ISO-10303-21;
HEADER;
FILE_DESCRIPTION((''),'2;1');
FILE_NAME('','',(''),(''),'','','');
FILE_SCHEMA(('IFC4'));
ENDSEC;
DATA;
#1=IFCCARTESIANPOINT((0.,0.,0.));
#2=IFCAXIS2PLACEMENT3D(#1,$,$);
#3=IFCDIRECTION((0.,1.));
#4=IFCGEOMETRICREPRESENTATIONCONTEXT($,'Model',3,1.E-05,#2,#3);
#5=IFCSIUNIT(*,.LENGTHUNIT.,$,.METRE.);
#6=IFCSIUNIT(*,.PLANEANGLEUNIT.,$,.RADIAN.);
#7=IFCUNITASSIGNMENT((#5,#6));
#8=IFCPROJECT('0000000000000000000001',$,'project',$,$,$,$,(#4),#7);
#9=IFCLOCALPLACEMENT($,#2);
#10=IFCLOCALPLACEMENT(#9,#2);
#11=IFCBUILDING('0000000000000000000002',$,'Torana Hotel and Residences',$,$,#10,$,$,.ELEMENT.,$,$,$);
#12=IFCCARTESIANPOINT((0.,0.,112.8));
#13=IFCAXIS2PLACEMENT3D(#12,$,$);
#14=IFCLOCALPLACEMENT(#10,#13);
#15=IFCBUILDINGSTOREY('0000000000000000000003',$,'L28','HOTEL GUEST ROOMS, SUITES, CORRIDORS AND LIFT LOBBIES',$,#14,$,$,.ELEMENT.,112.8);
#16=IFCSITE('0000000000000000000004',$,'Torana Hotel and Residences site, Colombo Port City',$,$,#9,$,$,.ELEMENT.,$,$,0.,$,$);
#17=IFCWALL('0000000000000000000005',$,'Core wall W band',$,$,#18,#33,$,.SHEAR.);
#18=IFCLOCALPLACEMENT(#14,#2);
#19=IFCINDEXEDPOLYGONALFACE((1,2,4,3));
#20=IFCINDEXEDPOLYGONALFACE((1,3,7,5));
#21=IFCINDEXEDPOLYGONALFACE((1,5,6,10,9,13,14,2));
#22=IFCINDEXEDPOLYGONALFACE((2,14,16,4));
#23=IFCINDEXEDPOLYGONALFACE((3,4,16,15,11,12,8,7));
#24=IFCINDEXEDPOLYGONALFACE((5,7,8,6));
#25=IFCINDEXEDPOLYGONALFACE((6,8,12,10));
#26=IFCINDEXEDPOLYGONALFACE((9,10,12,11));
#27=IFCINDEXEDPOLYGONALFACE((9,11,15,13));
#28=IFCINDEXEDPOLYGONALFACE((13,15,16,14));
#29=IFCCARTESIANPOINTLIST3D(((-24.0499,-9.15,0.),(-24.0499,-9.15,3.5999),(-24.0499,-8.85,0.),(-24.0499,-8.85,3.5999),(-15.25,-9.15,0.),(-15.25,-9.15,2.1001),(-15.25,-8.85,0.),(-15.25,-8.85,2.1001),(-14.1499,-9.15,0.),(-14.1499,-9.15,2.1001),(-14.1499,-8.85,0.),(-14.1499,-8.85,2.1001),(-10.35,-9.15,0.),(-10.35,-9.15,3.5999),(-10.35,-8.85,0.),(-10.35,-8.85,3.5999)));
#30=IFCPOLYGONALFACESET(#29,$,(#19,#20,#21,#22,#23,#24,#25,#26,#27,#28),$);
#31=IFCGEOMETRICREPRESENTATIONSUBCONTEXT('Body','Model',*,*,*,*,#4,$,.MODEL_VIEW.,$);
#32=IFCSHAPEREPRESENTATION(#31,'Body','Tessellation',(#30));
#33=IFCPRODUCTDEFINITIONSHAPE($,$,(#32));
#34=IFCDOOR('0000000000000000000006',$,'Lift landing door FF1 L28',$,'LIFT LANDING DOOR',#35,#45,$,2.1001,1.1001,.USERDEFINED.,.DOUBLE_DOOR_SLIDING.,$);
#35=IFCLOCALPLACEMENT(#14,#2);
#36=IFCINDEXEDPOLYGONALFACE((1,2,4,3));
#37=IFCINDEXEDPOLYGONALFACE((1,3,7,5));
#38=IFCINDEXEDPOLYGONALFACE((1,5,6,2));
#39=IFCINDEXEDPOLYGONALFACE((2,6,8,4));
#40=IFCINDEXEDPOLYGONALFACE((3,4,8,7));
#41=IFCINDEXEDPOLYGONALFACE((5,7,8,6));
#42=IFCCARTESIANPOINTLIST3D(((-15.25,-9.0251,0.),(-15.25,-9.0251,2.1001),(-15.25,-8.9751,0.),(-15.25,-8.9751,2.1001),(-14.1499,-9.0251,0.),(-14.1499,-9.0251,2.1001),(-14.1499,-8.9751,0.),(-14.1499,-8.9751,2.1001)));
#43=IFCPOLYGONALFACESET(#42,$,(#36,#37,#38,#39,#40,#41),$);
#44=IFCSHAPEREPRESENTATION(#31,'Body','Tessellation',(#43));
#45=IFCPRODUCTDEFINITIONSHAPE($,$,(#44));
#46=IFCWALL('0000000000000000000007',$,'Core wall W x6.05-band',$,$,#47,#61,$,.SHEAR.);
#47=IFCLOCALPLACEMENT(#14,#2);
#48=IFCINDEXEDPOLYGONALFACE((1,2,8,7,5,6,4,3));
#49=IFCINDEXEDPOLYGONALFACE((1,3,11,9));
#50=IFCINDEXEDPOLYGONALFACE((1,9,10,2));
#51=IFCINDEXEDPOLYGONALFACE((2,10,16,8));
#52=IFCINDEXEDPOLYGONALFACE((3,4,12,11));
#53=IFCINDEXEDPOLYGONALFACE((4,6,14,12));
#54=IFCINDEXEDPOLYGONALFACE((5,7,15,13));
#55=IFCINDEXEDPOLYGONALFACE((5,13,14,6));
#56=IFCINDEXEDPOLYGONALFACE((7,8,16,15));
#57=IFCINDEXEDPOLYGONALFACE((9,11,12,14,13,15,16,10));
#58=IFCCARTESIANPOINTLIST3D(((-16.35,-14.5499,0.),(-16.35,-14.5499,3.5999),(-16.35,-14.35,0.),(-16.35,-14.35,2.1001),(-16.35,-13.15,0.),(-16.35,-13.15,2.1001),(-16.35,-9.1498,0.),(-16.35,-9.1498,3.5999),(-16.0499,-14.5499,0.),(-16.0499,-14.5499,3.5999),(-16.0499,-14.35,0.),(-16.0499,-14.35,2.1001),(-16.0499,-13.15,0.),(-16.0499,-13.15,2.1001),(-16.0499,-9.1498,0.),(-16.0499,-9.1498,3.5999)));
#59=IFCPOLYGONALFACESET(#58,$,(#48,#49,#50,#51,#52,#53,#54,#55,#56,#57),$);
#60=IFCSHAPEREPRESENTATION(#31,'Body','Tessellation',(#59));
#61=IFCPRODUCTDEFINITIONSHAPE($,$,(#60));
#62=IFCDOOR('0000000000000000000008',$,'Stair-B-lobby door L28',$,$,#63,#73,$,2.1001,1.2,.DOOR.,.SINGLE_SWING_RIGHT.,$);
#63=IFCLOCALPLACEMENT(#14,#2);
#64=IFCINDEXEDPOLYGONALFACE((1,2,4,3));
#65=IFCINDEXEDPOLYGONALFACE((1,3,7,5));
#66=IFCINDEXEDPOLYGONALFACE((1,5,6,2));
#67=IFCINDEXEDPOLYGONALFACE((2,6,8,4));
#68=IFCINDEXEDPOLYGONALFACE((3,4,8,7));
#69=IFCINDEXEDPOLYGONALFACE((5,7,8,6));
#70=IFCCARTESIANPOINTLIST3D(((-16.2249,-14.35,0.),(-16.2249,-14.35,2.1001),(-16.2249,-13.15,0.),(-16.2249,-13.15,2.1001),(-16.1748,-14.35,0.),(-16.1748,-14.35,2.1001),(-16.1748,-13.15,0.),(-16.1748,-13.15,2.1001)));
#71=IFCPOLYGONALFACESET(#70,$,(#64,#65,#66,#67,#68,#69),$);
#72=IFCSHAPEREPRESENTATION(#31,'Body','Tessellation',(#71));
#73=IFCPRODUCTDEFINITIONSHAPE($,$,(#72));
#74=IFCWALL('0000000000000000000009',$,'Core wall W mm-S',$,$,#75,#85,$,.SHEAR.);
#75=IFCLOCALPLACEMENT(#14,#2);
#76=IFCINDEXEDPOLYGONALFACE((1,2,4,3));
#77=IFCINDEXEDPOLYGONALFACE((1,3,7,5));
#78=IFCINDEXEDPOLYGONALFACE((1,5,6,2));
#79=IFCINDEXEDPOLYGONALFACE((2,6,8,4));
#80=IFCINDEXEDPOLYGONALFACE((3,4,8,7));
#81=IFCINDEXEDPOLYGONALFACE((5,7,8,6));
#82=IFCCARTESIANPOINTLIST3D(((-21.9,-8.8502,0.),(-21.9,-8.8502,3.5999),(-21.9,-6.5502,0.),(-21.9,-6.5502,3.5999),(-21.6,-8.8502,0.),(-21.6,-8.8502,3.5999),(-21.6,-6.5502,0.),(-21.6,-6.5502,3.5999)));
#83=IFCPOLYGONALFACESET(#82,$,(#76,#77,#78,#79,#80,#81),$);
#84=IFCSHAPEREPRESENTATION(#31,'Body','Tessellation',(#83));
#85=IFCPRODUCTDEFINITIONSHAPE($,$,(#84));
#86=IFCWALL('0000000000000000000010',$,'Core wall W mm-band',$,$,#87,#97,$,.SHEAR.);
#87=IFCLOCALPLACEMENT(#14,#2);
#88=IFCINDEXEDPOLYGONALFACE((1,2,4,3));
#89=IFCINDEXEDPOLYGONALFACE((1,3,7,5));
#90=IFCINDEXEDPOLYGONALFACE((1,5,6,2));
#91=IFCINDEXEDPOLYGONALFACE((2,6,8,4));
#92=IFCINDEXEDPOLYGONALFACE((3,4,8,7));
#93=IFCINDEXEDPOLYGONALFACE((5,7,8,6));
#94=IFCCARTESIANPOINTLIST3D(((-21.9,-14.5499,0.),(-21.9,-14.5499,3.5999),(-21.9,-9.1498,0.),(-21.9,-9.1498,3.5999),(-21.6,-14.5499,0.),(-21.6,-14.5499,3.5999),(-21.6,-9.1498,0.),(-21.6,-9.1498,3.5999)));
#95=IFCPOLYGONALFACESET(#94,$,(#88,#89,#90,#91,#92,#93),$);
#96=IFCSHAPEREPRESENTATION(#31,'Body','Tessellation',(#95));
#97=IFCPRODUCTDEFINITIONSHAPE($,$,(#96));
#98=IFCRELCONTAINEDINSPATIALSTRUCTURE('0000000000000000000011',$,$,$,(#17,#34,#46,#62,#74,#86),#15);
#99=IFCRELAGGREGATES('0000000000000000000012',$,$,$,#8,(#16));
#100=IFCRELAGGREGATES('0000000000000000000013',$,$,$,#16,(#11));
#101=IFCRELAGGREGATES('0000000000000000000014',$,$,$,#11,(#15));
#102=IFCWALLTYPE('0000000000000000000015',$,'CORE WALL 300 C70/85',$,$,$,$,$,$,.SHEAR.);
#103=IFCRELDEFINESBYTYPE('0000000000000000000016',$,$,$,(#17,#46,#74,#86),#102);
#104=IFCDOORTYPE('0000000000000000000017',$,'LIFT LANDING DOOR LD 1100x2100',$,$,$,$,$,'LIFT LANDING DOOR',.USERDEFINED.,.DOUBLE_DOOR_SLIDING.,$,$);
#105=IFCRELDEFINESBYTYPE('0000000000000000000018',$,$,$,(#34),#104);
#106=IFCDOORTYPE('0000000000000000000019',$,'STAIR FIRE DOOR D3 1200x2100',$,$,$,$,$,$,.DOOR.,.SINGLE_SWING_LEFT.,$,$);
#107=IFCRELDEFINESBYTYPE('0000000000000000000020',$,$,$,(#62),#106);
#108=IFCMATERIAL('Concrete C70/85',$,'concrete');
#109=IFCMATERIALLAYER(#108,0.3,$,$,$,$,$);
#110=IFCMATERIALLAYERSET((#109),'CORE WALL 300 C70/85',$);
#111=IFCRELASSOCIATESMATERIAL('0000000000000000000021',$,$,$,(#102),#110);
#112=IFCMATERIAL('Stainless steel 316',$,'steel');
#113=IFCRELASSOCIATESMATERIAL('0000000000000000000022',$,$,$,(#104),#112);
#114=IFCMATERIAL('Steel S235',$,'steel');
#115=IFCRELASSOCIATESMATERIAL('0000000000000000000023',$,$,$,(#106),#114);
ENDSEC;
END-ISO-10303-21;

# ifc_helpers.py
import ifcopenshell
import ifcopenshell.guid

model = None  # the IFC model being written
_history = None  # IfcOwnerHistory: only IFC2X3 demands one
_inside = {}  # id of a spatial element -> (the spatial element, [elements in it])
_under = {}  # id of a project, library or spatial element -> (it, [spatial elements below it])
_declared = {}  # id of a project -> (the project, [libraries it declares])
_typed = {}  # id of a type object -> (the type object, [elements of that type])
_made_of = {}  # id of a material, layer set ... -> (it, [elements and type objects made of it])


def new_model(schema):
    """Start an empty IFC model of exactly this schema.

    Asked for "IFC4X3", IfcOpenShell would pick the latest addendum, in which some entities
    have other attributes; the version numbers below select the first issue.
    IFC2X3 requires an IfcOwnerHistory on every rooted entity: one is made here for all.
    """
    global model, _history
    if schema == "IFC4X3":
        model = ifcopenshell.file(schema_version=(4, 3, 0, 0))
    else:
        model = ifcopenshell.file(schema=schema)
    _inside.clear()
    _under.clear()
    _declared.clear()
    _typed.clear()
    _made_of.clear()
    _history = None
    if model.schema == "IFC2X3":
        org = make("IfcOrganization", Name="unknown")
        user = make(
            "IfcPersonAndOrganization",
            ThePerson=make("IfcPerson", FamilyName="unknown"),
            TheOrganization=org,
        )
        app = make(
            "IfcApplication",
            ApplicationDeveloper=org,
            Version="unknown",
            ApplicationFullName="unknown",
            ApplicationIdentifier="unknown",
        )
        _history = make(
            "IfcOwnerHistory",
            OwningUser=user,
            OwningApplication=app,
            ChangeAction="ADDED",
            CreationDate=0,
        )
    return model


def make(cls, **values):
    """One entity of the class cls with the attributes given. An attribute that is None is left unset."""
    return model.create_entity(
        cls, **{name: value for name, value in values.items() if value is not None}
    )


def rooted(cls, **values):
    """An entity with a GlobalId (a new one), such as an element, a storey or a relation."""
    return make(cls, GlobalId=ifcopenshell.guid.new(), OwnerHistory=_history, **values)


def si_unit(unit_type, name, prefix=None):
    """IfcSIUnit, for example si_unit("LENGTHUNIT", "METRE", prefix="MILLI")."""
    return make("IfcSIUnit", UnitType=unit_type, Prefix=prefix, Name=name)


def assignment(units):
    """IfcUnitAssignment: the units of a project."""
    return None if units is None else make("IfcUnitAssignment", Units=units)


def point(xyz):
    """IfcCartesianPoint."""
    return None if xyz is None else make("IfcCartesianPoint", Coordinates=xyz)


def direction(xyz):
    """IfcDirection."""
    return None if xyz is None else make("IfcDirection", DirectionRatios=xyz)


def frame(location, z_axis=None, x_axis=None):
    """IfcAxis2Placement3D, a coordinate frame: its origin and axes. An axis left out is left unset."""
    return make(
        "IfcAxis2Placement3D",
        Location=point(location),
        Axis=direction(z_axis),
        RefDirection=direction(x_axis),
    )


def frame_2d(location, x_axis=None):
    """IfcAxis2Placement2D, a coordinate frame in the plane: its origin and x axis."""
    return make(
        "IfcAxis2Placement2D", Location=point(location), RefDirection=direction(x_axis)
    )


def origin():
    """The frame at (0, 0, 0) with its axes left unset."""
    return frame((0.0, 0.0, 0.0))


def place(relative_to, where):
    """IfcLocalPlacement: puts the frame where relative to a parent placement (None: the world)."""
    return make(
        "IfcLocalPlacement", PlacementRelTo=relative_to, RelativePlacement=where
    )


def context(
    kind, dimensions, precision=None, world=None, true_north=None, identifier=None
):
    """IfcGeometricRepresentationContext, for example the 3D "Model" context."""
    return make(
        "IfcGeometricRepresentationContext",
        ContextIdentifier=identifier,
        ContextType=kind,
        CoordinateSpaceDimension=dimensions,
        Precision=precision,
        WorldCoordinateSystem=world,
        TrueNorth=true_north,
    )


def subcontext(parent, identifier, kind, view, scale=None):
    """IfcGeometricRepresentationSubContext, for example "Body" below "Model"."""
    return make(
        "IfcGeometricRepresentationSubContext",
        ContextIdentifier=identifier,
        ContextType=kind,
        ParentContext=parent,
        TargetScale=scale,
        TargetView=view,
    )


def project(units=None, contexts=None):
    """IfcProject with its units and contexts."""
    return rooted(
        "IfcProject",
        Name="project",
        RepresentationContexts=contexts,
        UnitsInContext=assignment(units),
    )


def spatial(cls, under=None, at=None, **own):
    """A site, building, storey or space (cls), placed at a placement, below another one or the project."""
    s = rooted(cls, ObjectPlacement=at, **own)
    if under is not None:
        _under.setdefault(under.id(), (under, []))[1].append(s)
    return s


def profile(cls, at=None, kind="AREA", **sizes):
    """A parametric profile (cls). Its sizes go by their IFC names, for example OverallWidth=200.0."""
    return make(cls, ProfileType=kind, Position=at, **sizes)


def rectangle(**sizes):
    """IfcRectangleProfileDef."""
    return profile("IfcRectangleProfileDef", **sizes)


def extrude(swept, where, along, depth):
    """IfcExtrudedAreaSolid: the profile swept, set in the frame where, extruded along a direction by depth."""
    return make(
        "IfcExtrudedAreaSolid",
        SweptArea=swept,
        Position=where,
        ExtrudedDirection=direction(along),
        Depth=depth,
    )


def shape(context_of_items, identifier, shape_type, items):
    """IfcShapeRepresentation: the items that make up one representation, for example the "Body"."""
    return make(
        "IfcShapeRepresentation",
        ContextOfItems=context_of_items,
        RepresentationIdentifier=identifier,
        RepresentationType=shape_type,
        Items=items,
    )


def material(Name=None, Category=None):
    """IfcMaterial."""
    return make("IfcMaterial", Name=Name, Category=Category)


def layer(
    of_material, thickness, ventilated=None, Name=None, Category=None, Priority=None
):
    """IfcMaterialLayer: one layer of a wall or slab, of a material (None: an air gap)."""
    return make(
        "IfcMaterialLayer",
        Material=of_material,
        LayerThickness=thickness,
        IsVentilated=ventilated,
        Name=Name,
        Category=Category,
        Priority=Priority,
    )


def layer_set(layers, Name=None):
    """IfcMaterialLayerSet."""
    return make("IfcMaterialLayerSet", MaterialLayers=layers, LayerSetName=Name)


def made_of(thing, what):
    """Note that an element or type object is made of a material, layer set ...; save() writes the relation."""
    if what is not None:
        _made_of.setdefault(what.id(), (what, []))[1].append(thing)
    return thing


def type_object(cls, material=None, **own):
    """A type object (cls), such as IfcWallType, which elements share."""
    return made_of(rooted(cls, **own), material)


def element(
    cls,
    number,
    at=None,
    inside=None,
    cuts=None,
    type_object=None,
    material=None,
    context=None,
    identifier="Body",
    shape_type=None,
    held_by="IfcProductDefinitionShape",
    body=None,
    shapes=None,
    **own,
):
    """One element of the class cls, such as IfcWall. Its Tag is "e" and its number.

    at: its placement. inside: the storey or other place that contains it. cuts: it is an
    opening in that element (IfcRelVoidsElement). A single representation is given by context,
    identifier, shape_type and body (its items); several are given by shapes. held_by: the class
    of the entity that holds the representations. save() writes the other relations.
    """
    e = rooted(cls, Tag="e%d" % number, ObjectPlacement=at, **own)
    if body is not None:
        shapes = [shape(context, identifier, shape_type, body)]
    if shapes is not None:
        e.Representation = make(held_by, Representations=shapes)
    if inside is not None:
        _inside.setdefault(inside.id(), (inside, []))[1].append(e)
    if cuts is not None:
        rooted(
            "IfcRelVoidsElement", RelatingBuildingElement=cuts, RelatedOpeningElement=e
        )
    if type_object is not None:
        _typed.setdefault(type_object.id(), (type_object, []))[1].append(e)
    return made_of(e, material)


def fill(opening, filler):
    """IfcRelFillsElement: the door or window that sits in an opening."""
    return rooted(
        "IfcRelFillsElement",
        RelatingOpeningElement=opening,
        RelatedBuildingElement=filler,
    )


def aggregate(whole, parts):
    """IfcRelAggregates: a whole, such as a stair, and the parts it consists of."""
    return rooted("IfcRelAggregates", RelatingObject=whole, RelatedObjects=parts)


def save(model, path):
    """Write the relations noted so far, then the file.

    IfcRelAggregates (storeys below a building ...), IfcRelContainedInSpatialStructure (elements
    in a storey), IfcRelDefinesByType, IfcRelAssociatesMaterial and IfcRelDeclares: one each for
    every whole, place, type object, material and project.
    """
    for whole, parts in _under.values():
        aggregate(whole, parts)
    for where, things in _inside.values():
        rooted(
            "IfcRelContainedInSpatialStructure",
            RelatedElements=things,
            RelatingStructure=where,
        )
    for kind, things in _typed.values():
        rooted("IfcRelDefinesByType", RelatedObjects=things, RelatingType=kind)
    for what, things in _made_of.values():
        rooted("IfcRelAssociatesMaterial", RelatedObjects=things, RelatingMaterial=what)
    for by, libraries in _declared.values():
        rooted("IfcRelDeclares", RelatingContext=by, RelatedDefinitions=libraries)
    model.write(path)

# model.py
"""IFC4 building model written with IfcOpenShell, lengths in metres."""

from ifc_helpers import new_model, si_unit, direction, frame, frame_2d, origin, place, context, subcontext, project, spatial, rectangle, extrude, material, layer, layer_set, type_object, element, fill, save


model = new_model("IFC4")

# Units and contexts
model_context = context("Model", 3, precision=1e-05, world=origin(), true_north=direction((0.0, 1.0)))
body_context = subcontext(model_context, "Body", "Model", "MODEL_VIEW")
ifc_project = project(units=[si_unit("LENGTHUNIT", "METRE"), si_unit("PLANEANGLEUNIT", "RADIAN")], contexts=[model_context])

# Site, building, storey
site_placement = place(None, origin())
site = spatial("IfcSite", under=ifc_project, at=site_placement, Name="Torana Hotel and Residences site, Colombo Port City", CompositionType="ELEMENT", RefElevation=0.0)
building_placement = place(site_placement, origin())
building = spatial("IfcBuilding", under=site, at=building_placement, Name="Torana Hotel and Residences", CompositionType="ELEMENT")
storey_placement = place(building_placement, frame((0.0, 0.0, 112.8)))
storey = spatial("IfcBuildingStorey", under=building, at=storey_placement, Name="L28", Description="HOTEL GUEST ROOMS, SUITES, CORRIDORS AND LIFT LOBBIES", CompositionType="ELEMENT", Elevation=112.8)

# Walls, openings, doors
ifc_material_1 = material(Name="Concrete C70/85", Category="concrete")
ifc_layer_1 = layer(ifc_material_1, 0.3)
ifc_layer_set_1 = layer_set([ifc_layer_1], Name="CORE WALL 300 C70/85")
wall_type_1 = type_object("IfcWallType", Name="CORE WALL 300 C70/85", PredefinedType="SHEAR", material=ifc_layer_set_1)
wall_1_placement = place(storey_placement, frame((-24.05, -9.0, 0.0), z_axis=(0.0, 0.0, 1.0), x_axis=(1.0, 0.0, 0.0)))
wall_1 = element("IfcWall", 1, at=wall_1_placement, inside=storey, type_object=wall_type_1, Name="Core wall W band", PredefinedType="SHEAR", context=body_context, shape_type="SweptSolid", body=[
    extrude(rectangle(XDim=13.7, YDim=0.3, at=frame_2d((6.8501, 0.0))), origin(), (0.0, 0.0, 1.0), 3.5999),
])
opening_1_placement = place(wall_1_placement, frame((8.8, 0.0, 0.0)))
opening_1 = element("IfcOpeningElement", 2, at=opening_1_placement, cuts=wall_1, PredefinedType="OPENING", context=body_context, shape_type="SweptSolid", body=[
    extrude(rectangle(XDim=1.1001, YDim=2.1001, at=frame_2d((0.55, 1.05))), frame((0.0, 0.1599, 0.0), z_axis=(0.0, -1.0, 0.0), x_axis=(1.0, 0.0, 0.0)), (0.0, 0.0, 1.0), 0.3201),
])
ifc_material_2 = material(Name="Stainless steel 316", Category="steel")
door_type_1 = type_object("IfcDoorType", Name="LIFT LANDING DOOR LD 1100x2100", ElementType="LIFT LANDING DOOR", OperationType="DOUBLE_DOOR_SLIDING", PredefinedType="USERDEFINED", material=ifc_material_2)
door_1_placement = place(opening_1_placement, origin())
door_1 = element("IfcDoor", 3, at=door_1_placement, inside=storey, type_object=door_type_1, Name="Lift landing door FF1 L28", ObjectType="LIFT LANDING DOOR", OperationType="DOUBLE_DOOR_SLIDING", OverallHeight=2.1001, OverallWidth=1.1001, PredefinedType="USERDEFINED", context=body_context, shape_type="SweptSolid", body=[
    extrude(rectangle(XDim=1.1001, YDim=2.1001, at=frame_2d((0.55, 1.05))), frame((0.0, 0.0249, 0.0), z_axis=(0.0, -1.0, 0.0), x_axis=(1.0, 0.0, 0.0)), (0.0, 0.0, 1.0), 0.05),
])
fill(opening_1, door_1)
wall_2_placement = place(storey_placement, frame((-16.2, -14.55, 0.0), z_axis=(0.0, 0.0, 1.0), x_axis=(0.0, 1.0, 0.0)))
wall_2 = element("IfcWall", 4, at=wall_2_placement, inside=storey, type_object=wall_type_1, Name="Core wall W x6.05-band", PredefinedType="SHEAR", context=body_context, shape_type="SweptSolid", body=[
    extrude(rectangle(XDim=5.4001, YDim=0.3, at=frame_2d((2.7002, 0.0))), origin(), (0.0, 0.0, 1.0), 3.5999),
])
opening_2_placement = place(wall_2_placement, frame((0.2, 0.0, 0.0)))
opening_2 = element("IfcOpeningElement", 5, at=opening_2_placement, cuts=wall_2, PredefinedType="OPENING", context=body_context, shape_type="SweptSolid", body=[
    extrude(rectangle(XDim=1.2, YDim=2.1001, at=frame_2d((0.6001, 1.05))), frame((0.0, 0.1599, 0.0), z_axis=(0.0, -1.0, 0.0), x_axis=(1.0, 0.0, 0.0)), (0.0, 0.0, 1.0), 0.3201),
])
ifc_material_3 = material(Name="Steel S235", Category="steel")
door_type_2 = type_object("IfcDoorType", Name="STAIR FIRE DOOR D3 1200x2100", OperationType="SINGLE_SWING_LEFT", PredefinedType="DOOR", material=ifc_material_3)
door_2_placement = place(opening_2_placement, origin())
door_2 = element("IfcDoor", 6, at=door_2_placement, inside=storey, type_object=door_type_2, Name="Stair-B-lobby door L28", OperationType="SINGLE_SWING_RIGHT", OverallHeight=2.1001, OverallWidth=1.2, PredefinedType="DOOR", context=body_context, shape_type="SweptSolid", body=[
    extrude(rectangle(XDim=1.2, YDim=2.1001, at=frame_2d((0.6001, 1.05))), frame((0.0, 0.0249, 0.0), z_axis=(0.0, -1.0, 0.0), x_axis=(1.0, 0.0, 0.0)), (0.0, 0.0, 1.0), 0.05),
])
fill(opening_2, door_2)

# Walls
wall_3_placement = place(storey_placement, frame((-21.75, -8.8501, 0.0), z_axis=(0.0, 0.0, 1.0), x_axis=(0.0, 1.0, 0.0)))
element("IfcWall", 7, at=wall_3_placement, inside=storey, type_object=wall_type_1, Name="Core wall W mm-S", PredefinedType="SHEAR", context=body_context, shape_type="SweptSolid", body=[
    extrude(rectangle(XDim=2.3, YDim=0.3, at=frame_2d((1.1499, 0.0))), origin(), (0.0, 0.0, 1.0), 3.5999),
])
wall_4_placement = place(storey_placement, frame((-21.75, -14.55, 0.0), z_axis=(0.0, 0.0, 1.0), x_axis=(0.0, 1.0, 0.0)))
element("IfcWall", 8, at=wall_4_placement, inside=storey, type_object=wall_type_1, Name="Core wall W mm-band", PredefinedType="SHEAR", context=body_context, shape_type="SweptSolid", body=[
    extrude(rectangle(XDim=5.4001, YDim=0.3, at=frame_2d((2.7002, 0.0))), origin(), (0.0, 0.0, 1.0), 3.5999),
])

save(model, "model.ifc")
